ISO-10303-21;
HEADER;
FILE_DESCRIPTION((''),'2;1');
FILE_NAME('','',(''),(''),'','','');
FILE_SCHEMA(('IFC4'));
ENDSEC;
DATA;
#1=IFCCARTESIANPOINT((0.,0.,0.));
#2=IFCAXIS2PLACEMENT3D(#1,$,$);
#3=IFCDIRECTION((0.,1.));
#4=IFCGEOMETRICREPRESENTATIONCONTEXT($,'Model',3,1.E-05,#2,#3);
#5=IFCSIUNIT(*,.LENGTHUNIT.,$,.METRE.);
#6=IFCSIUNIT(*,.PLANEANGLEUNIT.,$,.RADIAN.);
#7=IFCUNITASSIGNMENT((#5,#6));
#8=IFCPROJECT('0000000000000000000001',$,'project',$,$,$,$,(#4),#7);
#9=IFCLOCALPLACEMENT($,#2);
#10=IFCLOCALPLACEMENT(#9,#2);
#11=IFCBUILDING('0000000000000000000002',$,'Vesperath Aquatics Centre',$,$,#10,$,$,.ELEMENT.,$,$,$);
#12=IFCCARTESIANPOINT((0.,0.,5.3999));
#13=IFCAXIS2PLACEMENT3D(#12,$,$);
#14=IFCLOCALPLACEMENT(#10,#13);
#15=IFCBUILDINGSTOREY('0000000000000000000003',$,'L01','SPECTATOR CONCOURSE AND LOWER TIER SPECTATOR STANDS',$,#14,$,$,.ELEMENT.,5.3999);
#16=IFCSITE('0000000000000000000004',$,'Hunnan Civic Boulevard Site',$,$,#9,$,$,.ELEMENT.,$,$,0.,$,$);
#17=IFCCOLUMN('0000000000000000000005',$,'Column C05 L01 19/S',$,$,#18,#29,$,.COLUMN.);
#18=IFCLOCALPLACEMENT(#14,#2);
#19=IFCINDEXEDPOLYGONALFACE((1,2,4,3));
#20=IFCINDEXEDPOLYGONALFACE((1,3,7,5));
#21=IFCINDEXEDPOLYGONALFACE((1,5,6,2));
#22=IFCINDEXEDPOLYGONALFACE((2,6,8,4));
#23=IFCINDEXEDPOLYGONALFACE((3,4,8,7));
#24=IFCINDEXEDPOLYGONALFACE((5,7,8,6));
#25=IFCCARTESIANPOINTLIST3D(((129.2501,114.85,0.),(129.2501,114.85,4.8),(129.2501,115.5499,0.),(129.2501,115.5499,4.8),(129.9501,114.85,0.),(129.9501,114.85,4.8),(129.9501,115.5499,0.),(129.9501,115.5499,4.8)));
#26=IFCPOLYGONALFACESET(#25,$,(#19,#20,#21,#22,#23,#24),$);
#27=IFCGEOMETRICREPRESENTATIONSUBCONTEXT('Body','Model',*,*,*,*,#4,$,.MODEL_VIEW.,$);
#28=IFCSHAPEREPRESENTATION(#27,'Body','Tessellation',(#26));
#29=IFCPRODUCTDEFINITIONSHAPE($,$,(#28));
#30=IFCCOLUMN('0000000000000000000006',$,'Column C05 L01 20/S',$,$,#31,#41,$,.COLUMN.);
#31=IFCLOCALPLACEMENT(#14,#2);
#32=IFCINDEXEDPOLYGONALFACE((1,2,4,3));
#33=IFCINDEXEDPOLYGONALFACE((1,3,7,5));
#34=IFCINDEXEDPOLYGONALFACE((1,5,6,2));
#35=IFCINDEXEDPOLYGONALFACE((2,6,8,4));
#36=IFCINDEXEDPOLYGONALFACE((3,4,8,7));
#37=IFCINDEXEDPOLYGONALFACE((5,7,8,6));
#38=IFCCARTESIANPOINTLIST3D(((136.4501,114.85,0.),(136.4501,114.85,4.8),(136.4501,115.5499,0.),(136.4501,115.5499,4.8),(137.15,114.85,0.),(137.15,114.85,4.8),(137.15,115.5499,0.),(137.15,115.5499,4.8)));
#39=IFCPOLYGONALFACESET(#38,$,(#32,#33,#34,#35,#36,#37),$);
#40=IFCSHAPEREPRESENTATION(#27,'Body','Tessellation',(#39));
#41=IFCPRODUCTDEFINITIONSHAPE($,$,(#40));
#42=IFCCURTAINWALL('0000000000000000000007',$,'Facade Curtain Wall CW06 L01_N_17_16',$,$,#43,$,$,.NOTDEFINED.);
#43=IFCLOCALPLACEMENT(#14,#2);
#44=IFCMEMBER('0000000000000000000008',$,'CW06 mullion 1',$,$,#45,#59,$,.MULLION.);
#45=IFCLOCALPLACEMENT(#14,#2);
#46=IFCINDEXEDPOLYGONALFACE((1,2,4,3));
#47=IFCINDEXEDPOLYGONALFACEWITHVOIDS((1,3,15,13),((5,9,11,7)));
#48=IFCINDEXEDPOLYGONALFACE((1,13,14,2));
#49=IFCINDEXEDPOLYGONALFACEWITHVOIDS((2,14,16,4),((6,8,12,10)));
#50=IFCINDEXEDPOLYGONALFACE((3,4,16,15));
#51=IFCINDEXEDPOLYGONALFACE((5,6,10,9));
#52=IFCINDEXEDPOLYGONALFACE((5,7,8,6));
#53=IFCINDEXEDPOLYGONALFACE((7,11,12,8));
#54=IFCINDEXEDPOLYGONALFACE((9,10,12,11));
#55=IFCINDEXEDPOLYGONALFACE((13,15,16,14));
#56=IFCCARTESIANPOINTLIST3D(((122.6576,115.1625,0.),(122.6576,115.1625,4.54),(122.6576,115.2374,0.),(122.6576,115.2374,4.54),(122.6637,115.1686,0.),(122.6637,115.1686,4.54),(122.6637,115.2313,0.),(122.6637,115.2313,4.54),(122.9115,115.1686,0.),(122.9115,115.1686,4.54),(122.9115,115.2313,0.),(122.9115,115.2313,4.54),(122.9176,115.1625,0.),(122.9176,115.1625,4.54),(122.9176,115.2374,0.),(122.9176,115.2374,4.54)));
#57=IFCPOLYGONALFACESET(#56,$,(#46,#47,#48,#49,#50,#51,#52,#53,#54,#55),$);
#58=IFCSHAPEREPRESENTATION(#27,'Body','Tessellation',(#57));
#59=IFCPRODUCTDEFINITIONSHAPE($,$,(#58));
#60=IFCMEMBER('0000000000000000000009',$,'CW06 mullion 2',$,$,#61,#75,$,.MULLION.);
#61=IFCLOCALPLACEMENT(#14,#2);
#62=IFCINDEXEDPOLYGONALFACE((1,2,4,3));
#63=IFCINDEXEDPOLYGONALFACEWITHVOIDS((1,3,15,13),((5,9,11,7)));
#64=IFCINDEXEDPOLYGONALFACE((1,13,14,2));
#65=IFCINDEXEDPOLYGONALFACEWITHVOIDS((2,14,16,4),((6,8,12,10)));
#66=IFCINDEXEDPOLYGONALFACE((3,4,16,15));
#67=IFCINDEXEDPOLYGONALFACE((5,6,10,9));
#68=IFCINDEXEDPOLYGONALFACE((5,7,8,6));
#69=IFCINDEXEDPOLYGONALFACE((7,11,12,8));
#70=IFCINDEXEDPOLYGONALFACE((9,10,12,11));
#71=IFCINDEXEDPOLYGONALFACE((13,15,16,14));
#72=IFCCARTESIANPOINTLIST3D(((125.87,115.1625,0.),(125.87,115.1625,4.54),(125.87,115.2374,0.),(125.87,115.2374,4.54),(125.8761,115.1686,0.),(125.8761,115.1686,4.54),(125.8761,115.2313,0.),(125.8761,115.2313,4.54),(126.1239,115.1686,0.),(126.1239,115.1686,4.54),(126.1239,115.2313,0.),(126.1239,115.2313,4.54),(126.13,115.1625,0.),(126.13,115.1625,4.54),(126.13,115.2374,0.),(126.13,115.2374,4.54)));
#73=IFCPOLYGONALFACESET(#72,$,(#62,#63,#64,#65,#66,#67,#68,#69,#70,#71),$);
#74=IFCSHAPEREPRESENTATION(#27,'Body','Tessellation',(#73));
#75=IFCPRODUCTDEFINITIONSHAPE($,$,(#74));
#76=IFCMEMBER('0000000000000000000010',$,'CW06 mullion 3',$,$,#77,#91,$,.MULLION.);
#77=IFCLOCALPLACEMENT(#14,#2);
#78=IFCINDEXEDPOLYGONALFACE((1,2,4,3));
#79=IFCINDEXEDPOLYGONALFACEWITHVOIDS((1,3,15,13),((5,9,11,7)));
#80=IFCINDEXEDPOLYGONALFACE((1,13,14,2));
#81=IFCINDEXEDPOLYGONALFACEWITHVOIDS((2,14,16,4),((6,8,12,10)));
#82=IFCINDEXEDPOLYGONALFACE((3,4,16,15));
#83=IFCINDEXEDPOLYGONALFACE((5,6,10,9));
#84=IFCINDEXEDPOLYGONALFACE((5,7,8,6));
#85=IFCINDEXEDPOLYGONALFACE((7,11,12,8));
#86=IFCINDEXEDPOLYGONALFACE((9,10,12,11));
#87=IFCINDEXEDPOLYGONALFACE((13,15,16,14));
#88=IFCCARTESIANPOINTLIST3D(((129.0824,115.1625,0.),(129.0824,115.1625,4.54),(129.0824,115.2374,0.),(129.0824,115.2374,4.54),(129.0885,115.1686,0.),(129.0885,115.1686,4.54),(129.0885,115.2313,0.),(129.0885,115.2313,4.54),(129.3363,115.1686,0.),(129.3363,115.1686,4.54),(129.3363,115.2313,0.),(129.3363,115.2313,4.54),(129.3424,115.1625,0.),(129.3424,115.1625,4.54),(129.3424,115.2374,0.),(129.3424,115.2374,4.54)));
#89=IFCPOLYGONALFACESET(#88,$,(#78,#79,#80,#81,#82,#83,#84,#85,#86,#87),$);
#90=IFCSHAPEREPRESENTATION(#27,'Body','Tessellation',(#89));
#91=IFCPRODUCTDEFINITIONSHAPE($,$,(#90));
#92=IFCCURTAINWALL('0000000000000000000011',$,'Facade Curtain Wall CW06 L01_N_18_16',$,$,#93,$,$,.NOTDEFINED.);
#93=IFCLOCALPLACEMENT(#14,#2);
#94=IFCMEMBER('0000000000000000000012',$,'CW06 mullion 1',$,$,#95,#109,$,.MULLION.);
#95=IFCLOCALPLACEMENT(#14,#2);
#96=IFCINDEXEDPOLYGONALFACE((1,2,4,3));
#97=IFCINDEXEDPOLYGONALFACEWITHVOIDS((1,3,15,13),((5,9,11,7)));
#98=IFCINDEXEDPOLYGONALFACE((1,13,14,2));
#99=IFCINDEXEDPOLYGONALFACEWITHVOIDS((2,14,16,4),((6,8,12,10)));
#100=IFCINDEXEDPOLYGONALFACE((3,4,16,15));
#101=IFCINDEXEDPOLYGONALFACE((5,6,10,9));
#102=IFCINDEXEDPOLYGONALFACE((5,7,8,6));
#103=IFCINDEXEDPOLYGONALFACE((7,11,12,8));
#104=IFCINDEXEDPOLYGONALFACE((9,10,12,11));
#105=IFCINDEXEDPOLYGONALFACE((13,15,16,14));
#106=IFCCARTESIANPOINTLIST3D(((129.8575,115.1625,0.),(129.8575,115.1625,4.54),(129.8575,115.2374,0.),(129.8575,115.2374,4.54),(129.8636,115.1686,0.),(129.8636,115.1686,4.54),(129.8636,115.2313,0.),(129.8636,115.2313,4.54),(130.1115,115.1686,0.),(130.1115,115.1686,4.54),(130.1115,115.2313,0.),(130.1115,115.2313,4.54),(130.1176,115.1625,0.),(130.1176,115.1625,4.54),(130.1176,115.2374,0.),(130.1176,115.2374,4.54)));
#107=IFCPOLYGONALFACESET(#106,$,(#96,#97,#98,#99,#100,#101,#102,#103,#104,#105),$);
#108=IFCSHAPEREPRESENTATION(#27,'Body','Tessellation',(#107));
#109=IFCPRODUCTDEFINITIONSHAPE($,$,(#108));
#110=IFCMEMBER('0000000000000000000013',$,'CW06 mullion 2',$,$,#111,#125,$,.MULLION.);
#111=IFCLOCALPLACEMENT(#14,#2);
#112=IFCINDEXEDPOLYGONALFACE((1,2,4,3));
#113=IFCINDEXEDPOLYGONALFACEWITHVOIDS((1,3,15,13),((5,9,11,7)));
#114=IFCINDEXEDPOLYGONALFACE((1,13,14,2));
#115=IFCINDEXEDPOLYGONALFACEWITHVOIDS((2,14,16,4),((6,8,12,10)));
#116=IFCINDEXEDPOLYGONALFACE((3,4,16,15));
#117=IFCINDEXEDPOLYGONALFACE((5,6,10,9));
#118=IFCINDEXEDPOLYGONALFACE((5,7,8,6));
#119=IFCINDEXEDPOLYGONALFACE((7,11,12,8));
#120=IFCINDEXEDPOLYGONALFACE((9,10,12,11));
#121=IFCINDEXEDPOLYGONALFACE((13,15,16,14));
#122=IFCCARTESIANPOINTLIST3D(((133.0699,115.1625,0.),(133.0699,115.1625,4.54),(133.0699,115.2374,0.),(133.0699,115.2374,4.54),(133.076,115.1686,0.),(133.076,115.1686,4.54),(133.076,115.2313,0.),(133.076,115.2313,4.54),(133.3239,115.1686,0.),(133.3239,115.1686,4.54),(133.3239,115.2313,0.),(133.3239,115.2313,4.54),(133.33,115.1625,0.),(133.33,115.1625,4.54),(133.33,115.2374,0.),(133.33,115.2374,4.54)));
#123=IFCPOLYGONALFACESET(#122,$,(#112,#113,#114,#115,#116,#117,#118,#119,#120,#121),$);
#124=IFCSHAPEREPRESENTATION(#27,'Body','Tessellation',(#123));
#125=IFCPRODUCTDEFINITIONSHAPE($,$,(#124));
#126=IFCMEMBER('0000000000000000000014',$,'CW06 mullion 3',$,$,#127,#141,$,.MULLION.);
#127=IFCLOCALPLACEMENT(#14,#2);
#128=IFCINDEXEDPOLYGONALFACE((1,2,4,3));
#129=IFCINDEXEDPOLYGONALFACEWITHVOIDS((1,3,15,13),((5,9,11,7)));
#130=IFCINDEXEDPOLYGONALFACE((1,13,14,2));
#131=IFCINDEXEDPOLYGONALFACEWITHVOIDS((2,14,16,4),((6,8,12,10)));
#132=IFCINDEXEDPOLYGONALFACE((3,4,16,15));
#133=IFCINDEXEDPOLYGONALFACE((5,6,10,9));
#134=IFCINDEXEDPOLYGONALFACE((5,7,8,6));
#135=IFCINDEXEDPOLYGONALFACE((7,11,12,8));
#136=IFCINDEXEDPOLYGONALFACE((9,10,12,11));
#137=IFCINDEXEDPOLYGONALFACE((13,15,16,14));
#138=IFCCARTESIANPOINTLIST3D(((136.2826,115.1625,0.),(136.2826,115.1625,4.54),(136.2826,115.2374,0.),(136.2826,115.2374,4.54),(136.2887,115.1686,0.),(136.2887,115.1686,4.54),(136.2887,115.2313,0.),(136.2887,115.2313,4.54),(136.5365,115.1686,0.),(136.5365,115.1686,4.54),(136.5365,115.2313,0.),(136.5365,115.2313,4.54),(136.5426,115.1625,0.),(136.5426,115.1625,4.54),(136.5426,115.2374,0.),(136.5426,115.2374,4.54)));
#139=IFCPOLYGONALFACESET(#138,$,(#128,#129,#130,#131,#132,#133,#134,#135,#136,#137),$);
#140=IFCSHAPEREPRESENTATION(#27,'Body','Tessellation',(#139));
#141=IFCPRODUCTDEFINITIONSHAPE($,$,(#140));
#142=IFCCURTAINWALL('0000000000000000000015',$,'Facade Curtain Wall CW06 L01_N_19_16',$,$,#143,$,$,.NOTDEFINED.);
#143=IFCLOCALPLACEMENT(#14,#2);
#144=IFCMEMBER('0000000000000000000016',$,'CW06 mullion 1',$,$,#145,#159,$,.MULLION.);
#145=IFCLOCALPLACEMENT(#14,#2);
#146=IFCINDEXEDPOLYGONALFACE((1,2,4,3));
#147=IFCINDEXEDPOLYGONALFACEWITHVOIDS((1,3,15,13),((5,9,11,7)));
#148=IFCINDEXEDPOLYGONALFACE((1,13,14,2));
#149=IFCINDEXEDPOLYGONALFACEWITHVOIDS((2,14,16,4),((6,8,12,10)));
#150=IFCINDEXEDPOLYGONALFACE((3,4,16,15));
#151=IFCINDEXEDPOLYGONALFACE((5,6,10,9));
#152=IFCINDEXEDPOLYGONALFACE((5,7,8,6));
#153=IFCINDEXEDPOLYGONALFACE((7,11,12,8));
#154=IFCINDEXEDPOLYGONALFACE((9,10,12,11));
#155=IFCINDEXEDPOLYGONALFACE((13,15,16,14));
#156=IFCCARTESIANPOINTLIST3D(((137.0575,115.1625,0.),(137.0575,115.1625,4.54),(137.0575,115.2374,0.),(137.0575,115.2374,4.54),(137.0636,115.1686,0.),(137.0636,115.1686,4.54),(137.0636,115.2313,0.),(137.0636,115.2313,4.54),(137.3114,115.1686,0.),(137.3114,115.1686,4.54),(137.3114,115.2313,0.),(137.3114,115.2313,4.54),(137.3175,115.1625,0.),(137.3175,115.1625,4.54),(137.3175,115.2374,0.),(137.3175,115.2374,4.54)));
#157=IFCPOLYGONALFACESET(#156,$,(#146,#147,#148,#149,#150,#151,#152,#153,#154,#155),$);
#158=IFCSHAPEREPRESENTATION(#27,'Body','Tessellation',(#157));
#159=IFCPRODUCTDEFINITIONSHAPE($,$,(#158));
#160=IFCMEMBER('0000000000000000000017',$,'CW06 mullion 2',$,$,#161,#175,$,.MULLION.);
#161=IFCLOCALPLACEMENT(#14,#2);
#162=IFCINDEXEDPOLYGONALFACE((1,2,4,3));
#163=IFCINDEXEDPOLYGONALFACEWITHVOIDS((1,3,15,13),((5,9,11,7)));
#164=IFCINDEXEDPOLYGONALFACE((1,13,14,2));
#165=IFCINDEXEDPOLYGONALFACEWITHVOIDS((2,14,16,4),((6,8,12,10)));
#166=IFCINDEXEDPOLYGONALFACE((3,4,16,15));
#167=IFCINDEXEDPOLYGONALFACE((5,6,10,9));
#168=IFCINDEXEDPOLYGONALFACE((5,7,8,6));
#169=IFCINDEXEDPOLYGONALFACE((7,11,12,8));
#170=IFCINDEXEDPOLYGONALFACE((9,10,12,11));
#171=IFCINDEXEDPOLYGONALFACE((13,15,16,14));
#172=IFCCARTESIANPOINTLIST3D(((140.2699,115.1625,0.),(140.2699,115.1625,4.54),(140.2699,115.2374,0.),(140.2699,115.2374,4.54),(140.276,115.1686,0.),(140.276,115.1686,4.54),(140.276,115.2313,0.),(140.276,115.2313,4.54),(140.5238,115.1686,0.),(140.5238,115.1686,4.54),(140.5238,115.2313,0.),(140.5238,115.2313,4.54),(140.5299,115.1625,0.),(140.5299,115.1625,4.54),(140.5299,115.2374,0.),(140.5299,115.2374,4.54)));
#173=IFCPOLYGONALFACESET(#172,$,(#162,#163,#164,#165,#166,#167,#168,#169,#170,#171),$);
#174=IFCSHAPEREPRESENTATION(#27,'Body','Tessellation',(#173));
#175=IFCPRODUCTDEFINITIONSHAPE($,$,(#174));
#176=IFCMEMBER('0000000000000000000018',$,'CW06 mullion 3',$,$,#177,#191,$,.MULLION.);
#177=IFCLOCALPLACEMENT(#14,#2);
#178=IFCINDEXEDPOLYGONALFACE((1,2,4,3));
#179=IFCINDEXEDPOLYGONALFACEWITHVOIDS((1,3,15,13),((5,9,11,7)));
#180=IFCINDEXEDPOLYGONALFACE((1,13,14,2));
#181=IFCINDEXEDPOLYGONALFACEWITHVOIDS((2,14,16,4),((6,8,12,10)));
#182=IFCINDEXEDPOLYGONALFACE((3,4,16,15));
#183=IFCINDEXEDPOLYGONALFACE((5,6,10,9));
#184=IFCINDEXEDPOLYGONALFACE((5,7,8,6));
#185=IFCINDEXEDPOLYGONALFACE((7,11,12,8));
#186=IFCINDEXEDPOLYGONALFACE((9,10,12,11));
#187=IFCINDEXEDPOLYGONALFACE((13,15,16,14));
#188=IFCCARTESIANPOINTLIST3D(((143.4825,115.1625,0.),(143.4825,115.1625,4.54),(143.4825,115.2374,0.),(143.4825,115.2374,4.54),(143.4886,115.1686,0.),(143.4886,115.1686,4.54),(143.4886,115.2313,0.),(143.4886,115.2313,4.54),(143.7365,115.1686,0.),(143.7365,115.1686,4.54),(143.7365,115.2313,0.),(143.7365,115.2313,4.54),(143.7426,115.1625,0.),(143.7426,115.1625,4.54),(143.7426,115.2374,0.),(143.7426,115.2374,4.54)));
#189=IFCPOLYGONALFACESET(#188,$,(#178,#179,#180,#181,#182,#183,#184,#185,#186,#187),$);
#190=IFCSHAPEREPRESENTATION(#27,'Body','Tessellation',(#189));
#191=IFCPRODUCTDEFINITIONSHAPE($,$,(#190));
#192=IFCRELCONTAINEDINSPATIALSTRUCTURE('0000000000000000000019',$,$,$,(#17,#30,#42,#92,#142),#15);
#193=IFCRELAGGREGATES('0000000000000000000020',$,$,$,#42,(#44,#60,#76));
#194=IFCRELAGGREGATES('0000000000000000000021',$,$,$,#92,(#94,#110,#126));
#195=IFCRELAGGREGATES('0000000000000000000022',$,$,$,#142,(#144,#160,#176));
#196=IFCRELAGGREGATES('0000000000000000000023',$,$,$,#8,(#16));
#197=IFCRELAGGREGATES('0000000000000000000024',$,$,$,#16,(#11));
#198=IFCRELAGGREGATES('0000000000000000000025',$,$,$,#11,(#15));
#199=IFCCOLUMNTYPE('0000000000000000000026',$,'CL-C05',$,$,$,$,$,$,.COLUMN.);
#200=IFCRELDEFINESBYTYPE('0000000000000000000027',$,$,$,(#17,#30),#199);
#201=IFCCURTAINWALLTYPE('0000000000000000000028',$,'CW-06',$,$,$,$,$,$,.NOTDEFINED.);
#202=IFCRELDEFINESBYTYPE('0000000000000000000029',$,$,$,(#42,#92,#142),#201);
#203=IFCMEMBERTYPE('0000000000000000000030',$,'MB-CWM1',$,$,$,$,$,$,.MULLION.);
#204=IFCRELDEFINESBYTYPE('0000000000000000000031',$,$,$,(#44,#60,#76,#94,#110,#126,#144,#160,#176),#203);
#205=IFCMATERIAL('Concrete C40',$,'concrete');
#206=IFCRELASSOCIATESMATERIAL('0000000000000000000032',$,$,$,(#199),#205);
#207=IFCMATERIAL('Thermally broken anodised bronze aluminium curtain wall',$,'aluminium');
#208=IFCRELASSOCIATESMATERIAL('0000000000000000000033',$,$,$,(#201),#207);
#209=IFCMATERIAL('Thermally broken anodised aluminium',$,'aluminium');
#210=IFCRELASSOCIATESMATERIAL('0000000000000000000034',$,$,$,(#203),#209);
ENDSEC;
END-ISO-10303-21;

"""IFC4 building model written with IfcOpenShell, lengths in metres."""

from ifc_helpers import new_model, si_unit, direction, frame, origin, origin_2d, place, context, subcontext, project, spatial, rectangle, hollow_rectangle, extrude, material, material_profile, profile_set, type_object, element, aggregate, save


model = new_model("IFC4")

# Units and contexts
model_context = context("Model", 3, precision=1e-05, world=origin(), true_north=direction((0.0, 1.0)))
body_context = subcontext(model_context, "Body", "Model", "MODEL_VIEW")
ifc_project = project(units=[si_unit("LENGTHUNIT", "METRE"), si_unit("PLANEANGLEUNIT", "RADIAN")], contexts=[model_context])

# Site, building, storey
site_placement = place(None, origin())
site = spatial("IfcSite", under=ifc_project, at=site_placement, Name="Hunnan Civic Boulevard Site", CompositionType="ELEMENT", RefElevation=0.0)
building_placement = place(site_placement, origin())
building = spatial("IfcBuilding", under=site, at=building_placement, Name="Vesperath Aquatics Centre", CompositionType="ELEMENT")
storey_placement = place(building_placement, frame((0.0, 0.0, 5.3999)))
storey = spatial("IfcBuildingStorey", under=building, at=storey_placement, Name="L01", Description="SPECTATOR CONCOURSE AND LOWER TIER SPECTATOR STANDS", CompositionType="ELEMENT", Elevation=5.3999)

# Columns
ifc_material_1 = material(Name="Concrete C40", Category="concrete")
ifc_material_profile_1 = material_profile(ifc_material_1, rectangle(XDim=0.7, YDim=0.7, at=origin_2d()), Name="RC 700x700")
ifc_profile_set_1 = profile_set([ifc_material_profile_1], Name="Concrete C40")
column_type = type_object("IfcColumnType", Name="CL-C05", PredefinedType="COLUMN", material=ifc_profile_set_1)
for number, where, z_axis, x_axis, name in (
    (1, (129.6001, 115.2, 0.0), (0.0, 0.0, 1.0), (1.0, 0.0, 0.0), "Column C05 L01 19/S"),
    (2, (136.8, 115.2, 0.0), (0.0, 0.0, 1.0), (1.0, 0.0, 0.0), "Column C05 L01 20/S"),
):
    element("IfcColumn", number, at=place(storey_placement, frame(where, z_axis=z_axis, x_axis=x_axis)), inside=storey, type_object=column_type, Name=name, PredefinedType="COLUMN", context=body_context, shape_type="SweptSolid", body=[
        extrude(rectangle(XDim=0.7, YDim=0.7, at=origin_2d()), origin(), (0.0, 0.0, 1.0), 4.8),
    ])

# Curtain walls, members
ifc_material_2 = material(Name="Thermally broken anodised bronze aluminium curtain wall", Category="aluminium")
curtain_wall_type = type_object("IfcCurtainWallType", Name="CW-06", PredefinedType="NOTDEFINED", material=ifc_material_2)
curtain_wall_1_placement = place(storey_placement, origin())
curtain_wall_1 = element("IfcCurtainWall", 3, at=curtain_wall_1_placement, inside=storey, type_object=curtain_wall_type, Name="Facade Curtain Wall CW06 L01_N_17_16", PredefinedType="NOTDEFINED")
ifc_material_3 = material(Name="Thermally broken anodised aluminium", Category="aluminium")
ifc_material_profile_2 = material_profile(ifc_material_3, hollow_rectangle(XDim=0.075, YDim=0.26, WallThickness=0.0061, at=origin_2d()), Name="CWM 75x260x6")
ifc_profile_set_2 = profile_set([ifc_material_profile_2], Name="Thermally broken anodised aluminium")
member_type_1 = type_object("IfcMemberType", Name="MB-CWM1", PredefinedType="MULLION", material=ifc_profile_set_2)
member_1_placement = place(storey_placement, frame((122.7876, 115.2, 0.0), z_axis=(0.0, 0.0, 1.0), x_axis=(0.0, 1.0, 0.0)))
member_1 = element("IfcMember", 4, at=member_1_placement, type_object=member_type_1, Name="CW06 mullion 1", PredefinedType="MULLION", context=body_context, shape_type="SweptSolid", body=[
    extrude(hollow_rectangle(XDim=0.075, YDim=0.26, WallThickness=0.0061, at=origin_2d()), origin(), (0.0, 0.0, 1.0), 4.54),
])
member_2_placement = place(storey_placement, frame((126.0, 115.2, 0.0), z_axis=(0.0, 0.0, 1.0), x_axis=(0.0, 1.0, 0.0)))
member_2 = element("IfcMember", 5, at=member_2_placement, type_object=member_type_1, Name="CW06 mullion 2", PredefinedType="MULLION", context=body_context, shape_type="SweptSolid", body=[
    extrude(hollow_rectangle(XDim=0.075, YDim=0.26, WallThickness=0.0061, at=origin_2d()), origin(), (0.0, 0.0, 1.0), 4.54),
])
member_3_placement = place(storey_placement, frame((129.2124, 115.2, 0.0), z_axis=(0.0, 0.0, 1.0), x_axis=(0.0, 1.0, 0.0)))
member_3 = element("IfcMember", 6, at=member_3_placement, type_object=member_type_1, Name="CW06 mullion 3", PredefinedType="MULLION", context=body_context, shape_type="SweptSolid", body=[
    extrude(hollow_rectangle(XDim=0.075, YDim=0.26, WallThickness=0.0061, at=origin_2d()), origin(), (0.0, 0.0, 1.0), 4.54),
])
curtain_wall_2_placement = place(storey_placement, origin())
curtain_wall_2 = element("IfcCurtainWall", 7, at=curtain_wall_2_placement, inside=storey, type_object=curtain_wall_type, Name="Facade Curtain Wall CW06 L01_N_18_16", PredefinedType="NOTDEFINED")
member_4_placement = place(storey_placement, frame((129.9875, 115.2, 0.0), z_axis=(0.0, 0.0, 1.0), x_axis=(0.0, 1.0, 0.0)))
member_4 = element("IfcMember", 8, at=member_4_placement, type_object=member_type_1, Name="CW06 mullion 1", PredefinedType="MULLION", context=body_context, shape_type="SweptSolid", body=[
    extrude(hollow_rectangle(XDim=0.075, YDim=0.26, WallThickness=0.0061, at=origin_2d()), origin(), (0.0, 0.0, 1.0), 4.54),
])
member_5_placement = place(storey_placement, frame((133.2, 115.2, 0.0), z_axis=(0.0, 0.0, 1.0), x_axis=(0.0, 1.0, 0.0)))
member_5 = element("IfcMember", 9, at=member_5_placement, type_object=member_type_1, Name="CW06 mullion 2", PredefinedType="MULLION", context=body_context, shape_type="SweptSolid", body=[
    extrude(hollow_rectangle(XDim=0.075, YDim=0.26, WallThickness=0.0061, at=origin_2d()), origin(), (0.0, 0.0, 1.0), 4.54),
])
member_6_placement = place(storey_placement, frame((136.4126, 115.2, 0.0), z_axis=(0.0, 0.0, 1.0), x_axis=(0.0, 1.0, 0.0)))
member_6 = element("IfcMember", 10, at=member_6_placement, type_object=member_type_1, Name="CW06 mullion 3", PredefinedType="MULLION", context=body_context, shape_type="SweptSolid", body=[
    extrude(hollow_rectangle(XDim=0.075, YDim=0.26, WallThickness=0.0061, at=origin_2d()), origin(), (0.0, 0.0, 1.0), 4.54),
])
curtain_wall_3_placement = place(storey_placement, origin())
curtain_wall_3 = element("IfcCurtainWall", 11, at=curtain_wall_3_placement, inside=storey, type_object=curtain_wall_type, Name="Facade Curtain Wall CW06 L01_N_19_16", PredefinedType="NOTDEFINED")
member_7_placement = place(storey_placement, frame((137.1875, 115.2, 0.0), z_axis=(0.0, 0.0, 1.0), x_axis=(0.0, 1.0, 0.0)))
member_7 = element("IfcMember", 12, at=member_7_placement, type_object=member_type_1, Name="CW06 mullion 1", PredefinedType="MULLION", context=body_context, shape_type="SweptSolid", body=[
    extrude(hollow_rectangle(XDim=0.075, YDim=0.26, WallThickness=0.0061, at=origin_2d()), origin(), (0.0, 0.0, 1.0), 4.54),
])
member_8_placement = place(storey_placement, frame((140.3999, 115.2, 0.0), z_axis=(0.0, 0.0, 1.0), x_axis=(0.0, 1.0, 0.0)))
member_8 = element("IfcMember", 13, at=member_8_placement, type_object=member_type_1, Name="CW06 mullion 2", PredefinedType="MULLION", context=body_context, shape_type="SweptSolid", body=[
    extrude(hollow_rectangle(XDim=0.075, YDim=0.26, WallThickness=0.0061, at=origin_2d()), origin(), (0.0, 0.0, 1.0), 4.54),
])
member_9_placement = place(storey_placement, frame((143.6125, 115.2, 0.0), z_axis=(0.0, 0.0, 1.0), x_axis=(0.0, 1.0, 0.0)))
member_9 = element("IfcMember", 14, at=member_9_placement, type_object=member_type_1, Name="CW06 mullion 3", PredefinedType="MULLION", context=body_context, shape_type="SweptSolid", body=[
    extrude(hollow_rectangle(XDim=0.075, YDim=0.26, WallThickness=0.0061, at=origin_2d()), origin(), (0.0, 0.0, 1.0), 4.54),
])

aggregate(curtain_wall_1, [member_1, member_2, member_3])
aggregate(curtain_wall_2, [member_4, member_5, member_6])
aggregate(curtain_wall_3, [member_7, member_8, member_9])

save(model, "model.ifc")
